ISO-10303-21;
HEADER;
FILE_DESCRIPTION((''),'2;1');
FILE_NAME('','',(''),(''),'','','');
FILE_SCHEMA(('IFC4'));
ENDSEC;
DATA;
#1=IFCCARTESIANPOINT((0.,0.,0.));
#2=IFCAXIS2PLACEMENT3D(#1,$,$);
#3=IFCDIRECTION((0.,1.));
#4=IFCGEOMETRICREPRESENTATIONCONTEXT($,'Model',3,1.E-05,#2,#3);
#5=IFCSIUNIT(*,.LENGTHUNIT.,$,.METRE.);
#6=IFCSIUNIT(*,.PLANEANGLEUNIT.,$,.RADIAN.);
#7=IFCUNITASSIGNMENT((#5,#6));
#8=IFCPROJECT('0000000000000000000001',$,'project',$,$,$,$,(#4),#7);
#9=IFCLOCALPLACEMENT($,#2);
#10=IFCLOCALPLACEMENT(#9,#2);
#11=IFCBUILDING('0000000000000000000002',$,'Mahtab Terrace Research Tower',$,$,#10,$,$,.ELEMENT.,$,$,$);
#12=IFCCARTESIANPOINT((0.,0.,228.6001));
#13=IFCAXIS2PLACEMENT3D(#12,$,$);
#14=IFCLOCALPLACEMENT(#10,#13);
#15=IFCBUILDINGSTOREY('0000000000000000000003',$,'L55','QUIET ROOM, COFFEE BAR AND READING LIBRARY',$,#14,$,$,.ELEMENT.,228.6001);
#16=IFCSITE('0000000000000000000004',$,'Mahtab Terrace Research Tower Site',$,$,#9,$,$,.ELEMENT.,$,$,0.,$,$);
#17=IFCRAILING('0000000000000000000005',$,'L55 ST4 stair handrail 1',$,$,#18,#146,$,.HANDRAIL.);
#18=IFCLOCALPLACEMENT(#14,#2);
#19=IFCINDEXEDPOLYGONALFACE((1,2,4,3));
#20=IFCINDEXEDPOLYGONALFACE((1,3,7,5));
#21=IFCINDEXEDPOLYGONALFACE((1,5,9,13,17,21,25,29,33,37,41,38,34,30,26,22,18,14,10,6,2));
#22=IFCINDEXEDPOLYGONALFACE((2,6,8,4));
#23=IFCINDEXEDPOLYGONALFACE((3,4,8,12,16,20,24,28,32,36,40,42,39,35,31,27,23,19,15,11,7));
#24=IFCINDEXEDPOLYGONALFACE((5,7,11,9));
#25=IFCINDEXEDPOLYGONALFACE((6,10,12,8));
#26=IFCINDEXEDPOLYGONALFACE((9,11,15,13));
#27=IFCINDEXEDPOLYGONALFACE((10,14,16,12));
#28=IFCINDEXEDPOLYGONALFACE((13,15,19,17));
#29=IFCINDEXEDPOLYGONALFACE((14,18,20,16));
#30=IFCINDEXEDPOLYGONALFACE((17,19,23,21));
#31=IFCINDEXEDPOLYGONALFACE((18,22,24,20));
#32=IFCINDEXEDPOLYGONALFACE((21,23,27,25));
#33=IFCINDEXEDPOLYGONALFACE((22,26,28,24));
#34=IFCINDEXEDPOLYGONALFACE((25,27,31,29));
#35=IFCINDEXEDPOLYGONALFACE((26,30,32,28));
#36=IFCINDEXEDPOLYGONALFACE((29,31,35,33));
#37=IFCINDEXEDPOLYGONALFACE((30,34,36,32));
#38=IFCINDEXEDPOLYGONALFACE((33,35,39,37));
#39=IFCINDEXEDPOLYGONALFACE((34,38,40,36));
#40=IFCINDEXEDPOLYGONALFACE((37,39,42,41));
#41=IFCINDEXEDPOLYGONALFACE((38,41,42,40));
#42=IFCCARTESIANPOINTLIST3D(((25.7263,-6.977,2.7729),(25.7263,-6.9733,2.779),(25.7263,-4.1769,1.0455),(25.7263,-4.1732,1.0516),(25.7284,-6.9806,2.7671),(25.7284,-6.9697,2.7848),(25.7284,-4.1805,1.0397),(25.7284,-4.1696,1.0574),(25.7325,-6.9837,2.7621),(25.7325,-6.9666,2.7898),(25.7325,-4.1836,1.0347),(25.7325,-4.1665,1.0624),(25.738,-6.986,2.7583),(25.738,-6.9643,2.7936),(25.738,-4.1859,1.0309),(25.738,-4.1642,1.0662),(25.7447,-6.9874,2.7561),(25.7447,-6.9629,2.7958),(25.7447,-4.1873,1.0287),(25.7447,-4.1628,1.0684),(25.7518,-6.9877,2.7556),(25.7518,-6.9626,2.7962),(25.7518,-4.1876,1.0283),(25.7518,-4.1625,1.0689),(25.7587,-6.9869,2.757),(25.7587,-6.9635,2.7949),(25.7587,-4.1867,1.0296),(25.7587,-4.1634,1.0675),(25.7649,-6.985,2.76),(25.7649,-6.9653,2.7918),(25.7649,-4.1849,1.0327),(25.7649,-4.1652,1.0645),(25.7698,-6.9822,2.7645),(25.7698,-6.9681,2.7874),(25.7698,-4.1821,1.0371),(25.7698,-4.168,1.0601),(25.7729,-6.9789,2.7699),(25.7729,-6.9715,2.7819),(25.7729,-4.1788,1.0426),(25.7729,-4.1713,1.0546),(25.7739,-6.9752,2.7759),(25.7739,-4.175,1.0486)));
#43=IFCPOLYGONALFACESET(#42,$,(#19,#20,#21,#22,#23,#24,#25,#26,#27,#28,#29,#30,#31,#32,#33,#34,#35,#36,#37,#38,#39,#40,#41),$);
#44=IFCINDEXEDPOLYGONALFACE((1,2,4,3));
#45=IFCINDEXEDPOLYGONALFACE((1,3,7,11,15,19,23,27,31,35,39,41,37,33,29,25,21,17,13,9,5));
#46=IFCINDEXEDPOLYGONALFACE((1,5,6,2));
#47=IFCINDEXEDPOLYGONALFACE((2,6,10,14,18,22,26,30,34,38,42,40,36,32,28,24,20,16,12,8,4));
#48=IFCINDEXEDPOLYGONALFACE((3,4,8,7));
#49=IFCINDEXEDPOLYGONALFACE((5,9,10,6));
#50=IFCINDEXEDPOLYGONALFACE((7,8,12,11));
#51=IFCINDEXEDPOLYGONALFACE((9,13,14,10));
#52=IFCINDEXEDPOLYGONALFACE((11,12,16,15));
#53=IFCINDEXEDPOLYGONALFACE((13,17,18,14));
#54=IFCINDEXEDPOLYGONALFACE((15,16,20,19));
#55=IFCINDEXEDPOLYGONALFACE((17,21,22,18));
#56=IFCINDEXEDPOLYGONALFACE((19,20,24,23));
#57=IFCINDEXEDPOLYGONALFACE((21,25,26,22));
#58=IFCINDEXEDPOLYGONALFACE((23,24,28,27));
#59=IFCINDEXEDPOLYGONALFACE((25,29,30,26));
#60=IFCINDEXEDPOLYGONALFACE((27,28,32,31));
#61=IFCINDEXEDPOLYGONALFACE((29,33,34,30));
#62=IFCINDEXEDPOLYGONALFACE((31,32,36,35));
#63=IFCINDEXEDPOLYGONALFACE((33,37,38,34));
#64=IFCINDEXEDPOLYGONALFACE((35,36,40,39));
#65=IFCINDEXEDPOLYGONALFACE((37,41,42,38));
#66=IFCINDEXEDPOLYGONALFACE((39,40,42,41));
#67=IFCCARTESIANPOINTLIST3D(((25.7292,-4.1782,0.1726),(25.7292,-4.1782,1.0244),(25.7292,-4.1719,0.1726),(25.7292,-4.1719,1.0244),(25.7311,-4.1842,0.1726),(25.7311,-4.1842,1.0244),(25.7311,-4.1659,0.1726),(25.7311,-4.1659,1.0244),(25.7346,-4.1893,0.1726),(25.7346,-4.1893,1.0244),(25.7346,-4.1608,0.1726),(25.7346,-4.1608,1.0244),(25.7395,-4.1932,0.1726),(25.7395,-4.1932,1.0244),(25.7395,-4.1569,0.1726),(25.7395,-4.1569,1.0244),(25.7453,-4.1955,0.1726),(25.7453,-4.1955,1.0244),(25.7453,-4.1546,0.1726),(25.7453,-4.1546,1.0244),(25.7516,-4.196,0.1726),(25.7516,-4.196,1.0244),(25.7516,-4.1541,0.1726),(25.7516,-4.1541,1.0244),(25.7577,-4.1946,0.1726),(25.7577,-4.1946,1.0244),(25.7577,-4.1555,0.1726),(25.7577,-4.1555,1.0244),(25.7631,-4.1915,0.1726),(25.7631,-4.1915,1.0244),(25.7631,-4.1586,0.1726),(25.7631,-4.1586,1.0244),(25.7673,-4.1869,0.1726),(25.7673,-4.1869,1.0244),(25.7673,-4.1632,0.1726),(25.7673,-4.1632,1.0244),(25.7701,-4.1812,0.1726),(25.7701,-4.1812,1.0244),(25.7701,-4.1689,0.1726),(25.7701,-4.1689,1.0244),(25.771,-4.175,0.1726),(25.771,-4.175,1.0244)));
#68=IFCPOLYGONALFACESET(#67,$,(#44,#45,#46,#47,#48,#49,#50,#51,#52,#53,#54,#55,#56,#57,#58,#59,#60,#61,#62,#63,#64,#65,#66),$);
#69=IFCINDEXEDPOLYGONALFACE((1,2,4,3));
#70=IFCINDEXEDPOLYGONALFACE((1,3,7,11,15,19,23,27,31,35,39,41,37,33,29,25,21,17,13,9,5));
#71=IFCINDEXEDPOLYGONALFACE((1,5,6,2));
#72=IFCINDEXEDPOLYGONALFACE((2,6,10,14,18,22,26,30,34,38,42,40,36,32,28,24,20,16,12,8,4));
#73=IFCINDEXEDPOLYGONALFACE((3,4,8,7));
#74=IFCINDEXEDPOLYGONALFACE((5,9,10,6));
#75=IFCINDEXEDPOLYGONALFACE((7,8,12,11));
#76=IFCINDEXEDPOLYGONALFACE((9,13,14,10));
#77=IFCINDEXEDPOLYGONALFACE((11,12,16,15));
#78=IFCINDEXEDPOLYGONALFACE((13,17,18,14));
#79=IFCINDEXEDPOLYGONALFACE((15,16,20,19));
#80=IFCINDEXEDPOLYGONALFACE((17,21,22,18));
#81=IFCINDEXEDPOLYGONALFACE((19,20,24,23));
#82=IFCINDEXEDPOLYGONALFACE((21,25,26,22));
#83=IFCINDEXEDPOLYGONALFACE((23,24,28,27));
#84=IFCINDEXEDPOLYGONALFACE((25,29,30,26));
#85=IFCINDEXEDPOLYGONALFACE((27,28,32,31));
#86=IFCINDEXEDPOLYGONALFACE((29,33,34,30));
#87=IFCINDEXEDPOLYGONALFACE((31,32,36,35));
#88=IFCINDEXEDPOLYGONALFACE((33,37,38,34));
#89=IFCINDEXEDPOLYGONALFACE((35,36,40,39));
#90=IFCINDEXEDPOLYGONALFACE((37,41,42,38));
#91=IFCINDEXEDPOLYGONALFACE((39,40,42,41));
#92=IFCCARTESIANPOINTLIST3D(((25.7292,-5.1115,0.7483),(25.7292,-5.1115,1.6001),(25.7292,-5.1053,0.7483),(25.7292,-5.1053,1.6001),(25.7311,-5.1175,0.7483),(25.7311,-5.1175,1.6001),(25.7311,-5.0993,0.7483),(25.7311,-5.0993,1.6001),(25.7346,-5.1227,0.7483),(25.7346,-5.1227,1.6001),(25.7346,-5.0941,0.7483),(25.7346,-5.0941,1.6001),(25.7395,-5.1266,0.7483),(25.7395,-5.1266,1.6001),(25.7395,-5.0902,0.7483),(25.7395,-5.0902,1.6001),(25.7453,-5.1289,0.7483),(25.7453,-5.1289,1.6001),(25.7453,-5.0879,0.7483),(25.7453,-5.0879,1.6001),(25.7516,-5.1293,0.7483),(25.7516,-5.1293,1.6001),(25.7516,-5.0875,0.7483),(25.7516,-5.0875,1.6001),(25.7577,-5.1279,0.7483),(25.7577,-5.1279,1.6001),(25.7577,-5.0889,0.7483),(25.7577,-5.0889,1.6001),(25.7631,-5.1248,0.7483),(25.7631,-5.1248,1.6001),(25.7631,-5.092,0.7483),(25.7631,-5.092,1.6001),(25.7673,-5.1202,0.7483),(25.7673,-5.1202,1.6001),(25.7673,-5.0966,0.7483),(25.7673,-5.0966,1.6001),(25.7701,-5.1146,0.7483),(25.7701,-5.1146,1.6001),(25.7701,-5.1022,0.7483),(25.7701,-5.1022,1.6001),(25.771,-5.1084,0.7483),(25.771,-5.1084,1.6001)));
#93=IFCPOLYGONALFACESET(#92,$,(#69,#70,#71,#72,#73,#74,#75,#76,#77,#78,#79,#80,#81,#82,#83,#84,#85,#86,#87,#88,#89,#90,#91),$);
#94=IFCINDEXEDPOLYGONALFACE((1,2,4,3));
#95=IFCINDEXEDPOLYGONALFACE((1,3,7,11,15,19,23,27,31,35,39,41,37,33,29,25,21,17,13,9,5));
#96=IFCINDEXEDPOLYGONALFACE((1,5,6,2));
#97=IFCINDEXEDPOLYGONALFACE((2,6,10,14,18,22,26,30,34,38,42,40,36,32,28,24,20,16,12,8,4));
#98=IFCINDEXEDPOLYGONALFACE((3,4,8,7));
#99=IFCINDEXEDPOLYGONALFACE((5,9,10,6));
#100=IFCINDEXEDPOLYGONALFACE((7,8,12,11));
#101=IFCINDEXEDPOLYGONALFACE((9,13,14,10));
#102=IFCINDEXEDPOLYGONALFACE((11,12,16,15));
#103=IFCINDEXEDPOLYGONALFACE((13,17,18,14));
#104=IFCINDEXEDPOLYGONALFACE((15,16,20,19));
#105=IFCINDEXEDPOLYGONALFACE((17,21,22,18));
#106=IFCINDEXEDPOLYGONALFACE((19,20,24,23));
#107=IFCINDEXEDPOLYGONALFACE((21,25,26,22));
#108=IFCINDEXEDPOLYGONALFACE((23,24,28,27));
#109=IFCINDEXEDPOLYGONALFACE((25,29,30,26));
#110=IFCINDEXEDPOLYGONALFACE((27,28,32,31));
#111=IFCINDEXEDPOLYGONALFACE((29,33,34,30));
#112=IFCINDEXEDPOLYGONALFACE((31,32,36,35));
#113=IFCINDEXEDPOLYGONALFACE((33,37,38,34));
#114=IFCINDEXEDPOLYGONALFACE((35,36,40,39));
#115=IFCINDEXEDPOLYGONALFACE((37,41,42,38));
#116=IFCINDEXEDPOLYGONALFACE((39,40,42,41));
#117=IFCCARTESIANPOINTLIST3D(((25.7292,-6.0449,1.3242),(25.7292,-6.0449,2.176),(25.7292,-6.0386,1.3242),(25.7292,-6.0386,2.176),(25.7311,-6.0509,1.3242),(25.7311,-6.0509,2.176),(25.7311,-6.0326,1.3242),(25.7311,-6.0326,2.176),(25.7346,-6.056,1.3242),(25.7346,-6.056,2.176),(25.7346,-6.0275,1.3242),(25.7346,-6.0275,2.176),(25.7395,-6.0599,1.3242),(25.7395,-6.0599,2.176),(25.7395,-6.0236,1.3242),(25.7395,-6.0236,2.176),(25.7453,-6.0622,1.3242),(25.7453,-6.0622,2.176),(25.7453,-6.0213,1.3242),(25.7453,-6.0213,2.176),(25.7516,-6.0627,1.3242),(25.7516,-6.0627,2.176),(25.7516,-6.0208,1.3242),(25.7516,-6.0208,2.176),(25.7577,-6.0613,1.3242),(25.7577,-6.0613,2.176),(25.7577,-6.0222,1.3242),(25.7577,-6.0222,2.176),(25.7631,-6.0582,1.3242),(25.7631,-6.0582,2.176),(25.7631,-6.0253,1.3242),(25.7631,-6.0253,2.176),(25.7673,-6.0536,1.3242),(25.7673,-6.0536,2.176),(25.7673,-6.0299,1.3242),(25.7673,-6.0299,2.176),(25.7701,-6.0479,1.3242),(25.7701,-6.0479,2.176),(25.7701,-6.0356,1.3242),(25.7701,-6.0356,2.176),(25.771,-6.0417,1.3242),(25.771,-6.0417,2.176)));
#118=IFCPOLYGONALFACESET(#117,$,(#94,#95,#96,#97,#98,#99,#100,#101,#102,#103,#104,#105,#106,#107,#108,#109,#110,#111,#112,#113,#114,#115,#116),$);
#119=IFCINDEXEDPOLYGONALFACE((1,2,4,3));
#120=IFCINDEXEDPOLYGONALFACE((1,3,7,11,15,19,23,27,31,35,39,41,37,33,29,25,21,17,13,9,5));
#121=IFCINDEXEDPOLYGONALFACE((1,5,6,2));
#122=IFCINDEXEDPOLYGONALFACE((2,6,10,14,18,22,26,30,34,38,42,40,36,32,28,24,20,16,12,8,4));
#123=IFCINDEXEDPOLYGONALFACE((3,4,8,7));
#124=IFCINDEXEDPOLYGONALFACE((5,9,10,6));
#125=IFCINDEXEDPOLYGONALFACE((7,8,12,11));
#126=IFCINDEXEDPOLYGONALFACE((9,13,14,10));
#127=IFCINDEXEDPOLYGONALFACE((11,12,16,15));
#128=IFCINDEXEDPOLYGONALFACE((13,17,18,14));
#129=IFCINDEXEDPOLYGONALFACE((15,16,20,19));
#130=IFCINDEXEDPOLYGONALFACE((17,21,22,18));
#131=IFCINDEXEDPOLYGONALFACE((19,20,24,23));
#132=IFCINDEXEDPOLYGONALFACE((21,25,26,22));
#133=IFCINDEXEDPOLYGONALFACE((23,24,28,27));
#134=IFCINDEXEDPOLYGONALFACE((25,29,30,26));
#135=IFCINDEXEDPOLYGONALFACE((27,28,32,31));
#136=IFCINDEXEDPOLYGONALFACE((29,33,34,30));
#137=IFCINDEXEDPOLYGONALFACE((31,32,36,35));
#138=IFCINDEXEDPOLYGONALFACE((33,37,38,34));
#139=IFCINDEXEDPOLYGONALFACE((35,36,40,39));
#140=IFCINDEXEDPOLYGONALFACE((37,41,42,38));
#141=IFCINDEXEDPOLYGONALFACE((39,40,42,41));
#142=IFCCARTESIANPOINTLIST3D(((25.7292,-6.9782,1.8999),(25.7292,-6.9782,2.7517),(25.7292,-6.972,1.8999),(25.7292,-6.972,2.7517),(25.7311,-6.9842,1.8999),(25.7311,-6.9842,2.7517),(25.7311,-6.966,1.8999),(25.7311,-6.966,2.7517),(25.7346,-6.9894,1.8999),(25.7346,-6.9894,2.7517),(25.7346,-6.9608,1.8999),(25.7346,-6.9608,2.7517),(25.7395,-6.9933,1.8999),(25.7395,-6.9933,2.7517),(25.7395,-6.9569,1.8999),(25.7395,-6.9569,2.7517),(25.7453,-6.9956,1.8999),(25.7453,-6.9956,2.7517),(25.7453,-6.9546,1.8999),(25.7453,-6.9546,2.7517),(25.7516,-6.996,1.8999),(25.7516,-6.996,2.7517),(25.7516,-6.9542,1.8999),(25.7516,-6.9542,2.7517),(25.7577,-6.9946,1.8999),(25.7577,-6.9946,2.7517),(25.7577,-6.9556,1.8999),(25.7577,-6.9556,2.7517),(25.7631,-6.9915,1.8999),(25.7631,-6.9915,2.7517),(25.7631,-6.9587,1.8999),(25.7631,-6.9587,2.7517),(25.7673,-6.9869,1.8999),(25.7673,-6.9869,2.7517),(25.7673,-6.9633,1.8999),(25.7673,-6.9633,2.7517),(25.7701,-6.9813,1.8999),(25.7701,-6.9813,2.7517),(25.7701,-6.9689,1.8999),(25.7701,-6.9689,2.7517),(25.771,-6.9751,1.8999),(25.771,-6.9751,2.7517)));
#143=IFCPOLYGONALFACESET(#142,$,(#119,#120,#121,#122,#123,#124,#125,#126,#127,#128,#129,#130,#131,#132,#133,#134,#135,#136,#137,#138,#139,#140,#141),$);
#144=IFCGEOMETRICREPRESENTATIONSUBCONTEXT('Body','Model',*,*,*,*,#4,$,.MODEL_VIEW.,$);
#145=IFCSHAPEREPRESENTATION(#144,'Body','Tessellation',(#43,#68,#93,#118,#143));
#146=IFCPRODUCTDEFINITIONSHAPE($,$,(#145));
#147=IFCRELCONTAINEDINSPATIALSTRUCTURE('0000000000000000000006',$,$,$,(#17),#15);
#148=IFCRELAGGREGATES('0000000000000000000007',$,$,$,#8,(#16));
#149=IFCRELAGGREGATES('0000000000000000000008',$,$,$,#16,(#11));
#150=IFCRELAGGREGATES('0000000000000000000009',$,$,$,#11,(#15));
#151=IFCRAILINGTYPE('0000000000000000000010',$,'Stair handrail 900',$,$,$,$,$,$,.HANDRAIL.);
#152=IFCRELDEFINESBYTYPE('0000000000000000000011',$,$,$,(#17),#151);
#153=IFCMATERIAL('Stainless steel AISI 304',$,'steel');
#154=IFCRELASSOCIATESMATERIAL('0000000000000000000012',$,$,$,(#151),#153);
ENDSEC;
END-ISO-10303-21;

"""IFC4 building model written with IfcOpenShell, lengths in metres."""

from ifc_helpers import new_model, si_unit, direction, frame, origin, origin_2d, place, context, subcontext, project, spatial, circle, extrude, material, type_object, element, save


model = new_model("IFC4")

# Units and contexts
model_context = context("Model", 3, precision=1e-05, world=origin(), true_north=direction((0.0, 1.0)))
body_context = subcontext(model_context, "Body", "Model", "MODEL_VIEW")
ifc_project = project(units=[si_unit("LENGTHUNIT", "METRE"), si_unit("PLANEANGLEUNIT", "RADIAN")], contexts=[model_context])

# Site, building, storey
site_placement = place(None, origin())
site = spatial("IfcSite", under=ifc_project, at=site_placement, Name="Mahtab Terrace Research Tower Site", CompositionType="ELEMENT", RefElevation=0.0)
building_placement = place(site_placement, origin())
building = spatial("IfcBuilding", under=site, at=building_placement, Name="Mahtab Terrace Research Tower", CompositionType="ELEMENT")
storey_placement = place(building_placement, frame((0.0, 0.0, 228.6001)))
storey = spatial("IfcBuildingStorey", under=building, at=storey_placement, Name="L55", Description="QUIET ROOM, COFFEE BAR AND READING LIBRARY", CompositionType="ELEMENT", Elevation=228.6001)

# Railing
ifc_material_1 = material(Name="Stainless steel AISI 304", Category="steel")
railing_type_1 = type_object("IfcRailingType", Name="Stair handrail 900", PredefinedType="HANDRAIL", material=ifc_material_1)
railing_1_placement = place(storey_placement, frame((25.75, -4.175, 0.1726)))
element("IfcRailing", 1, at=railing_1_placement, inside=storey, type_object=railing_type_1, Name="L55 ST4 stair handrail 1", PredefinedType="HANDRAIL", context=body_context, shape_type="SweptSolid", body=[
    extrude(circle(Radius=0.0239, at=origin_2d()), frame((0.0, 0.0, 0.876), z_axis=(0.0, -0.85109, 0.52502), x_axis=(1.0, 0.0, 0.0)), (0.0, 0.0, 1.0), 3.29),
    extrude(circle(Radius=0.021, at=origin_2d()), origin(), (0.0, 0.0, 1.0), 0.8518),
    extrude(circle(Radius=0.021, at=origin_2d()), frame((0.0, -0.9333, 0.5757)), (0.0, 0.0, 1.0), 0.8518),
    extrude(circle(Radius=0.021, at=origin_2d()), frame((0.0, -1.8667, 1.1516)), (0.0, 0.0, 1.0), 0.8518),
    extrude(circle(Radius=0.021, at=origin_2d()), frame((0.0, -2.8, 1.7273)), (0.0, 0.0, 1.0), 0.8518),
])

save(model, "model.ifc")
